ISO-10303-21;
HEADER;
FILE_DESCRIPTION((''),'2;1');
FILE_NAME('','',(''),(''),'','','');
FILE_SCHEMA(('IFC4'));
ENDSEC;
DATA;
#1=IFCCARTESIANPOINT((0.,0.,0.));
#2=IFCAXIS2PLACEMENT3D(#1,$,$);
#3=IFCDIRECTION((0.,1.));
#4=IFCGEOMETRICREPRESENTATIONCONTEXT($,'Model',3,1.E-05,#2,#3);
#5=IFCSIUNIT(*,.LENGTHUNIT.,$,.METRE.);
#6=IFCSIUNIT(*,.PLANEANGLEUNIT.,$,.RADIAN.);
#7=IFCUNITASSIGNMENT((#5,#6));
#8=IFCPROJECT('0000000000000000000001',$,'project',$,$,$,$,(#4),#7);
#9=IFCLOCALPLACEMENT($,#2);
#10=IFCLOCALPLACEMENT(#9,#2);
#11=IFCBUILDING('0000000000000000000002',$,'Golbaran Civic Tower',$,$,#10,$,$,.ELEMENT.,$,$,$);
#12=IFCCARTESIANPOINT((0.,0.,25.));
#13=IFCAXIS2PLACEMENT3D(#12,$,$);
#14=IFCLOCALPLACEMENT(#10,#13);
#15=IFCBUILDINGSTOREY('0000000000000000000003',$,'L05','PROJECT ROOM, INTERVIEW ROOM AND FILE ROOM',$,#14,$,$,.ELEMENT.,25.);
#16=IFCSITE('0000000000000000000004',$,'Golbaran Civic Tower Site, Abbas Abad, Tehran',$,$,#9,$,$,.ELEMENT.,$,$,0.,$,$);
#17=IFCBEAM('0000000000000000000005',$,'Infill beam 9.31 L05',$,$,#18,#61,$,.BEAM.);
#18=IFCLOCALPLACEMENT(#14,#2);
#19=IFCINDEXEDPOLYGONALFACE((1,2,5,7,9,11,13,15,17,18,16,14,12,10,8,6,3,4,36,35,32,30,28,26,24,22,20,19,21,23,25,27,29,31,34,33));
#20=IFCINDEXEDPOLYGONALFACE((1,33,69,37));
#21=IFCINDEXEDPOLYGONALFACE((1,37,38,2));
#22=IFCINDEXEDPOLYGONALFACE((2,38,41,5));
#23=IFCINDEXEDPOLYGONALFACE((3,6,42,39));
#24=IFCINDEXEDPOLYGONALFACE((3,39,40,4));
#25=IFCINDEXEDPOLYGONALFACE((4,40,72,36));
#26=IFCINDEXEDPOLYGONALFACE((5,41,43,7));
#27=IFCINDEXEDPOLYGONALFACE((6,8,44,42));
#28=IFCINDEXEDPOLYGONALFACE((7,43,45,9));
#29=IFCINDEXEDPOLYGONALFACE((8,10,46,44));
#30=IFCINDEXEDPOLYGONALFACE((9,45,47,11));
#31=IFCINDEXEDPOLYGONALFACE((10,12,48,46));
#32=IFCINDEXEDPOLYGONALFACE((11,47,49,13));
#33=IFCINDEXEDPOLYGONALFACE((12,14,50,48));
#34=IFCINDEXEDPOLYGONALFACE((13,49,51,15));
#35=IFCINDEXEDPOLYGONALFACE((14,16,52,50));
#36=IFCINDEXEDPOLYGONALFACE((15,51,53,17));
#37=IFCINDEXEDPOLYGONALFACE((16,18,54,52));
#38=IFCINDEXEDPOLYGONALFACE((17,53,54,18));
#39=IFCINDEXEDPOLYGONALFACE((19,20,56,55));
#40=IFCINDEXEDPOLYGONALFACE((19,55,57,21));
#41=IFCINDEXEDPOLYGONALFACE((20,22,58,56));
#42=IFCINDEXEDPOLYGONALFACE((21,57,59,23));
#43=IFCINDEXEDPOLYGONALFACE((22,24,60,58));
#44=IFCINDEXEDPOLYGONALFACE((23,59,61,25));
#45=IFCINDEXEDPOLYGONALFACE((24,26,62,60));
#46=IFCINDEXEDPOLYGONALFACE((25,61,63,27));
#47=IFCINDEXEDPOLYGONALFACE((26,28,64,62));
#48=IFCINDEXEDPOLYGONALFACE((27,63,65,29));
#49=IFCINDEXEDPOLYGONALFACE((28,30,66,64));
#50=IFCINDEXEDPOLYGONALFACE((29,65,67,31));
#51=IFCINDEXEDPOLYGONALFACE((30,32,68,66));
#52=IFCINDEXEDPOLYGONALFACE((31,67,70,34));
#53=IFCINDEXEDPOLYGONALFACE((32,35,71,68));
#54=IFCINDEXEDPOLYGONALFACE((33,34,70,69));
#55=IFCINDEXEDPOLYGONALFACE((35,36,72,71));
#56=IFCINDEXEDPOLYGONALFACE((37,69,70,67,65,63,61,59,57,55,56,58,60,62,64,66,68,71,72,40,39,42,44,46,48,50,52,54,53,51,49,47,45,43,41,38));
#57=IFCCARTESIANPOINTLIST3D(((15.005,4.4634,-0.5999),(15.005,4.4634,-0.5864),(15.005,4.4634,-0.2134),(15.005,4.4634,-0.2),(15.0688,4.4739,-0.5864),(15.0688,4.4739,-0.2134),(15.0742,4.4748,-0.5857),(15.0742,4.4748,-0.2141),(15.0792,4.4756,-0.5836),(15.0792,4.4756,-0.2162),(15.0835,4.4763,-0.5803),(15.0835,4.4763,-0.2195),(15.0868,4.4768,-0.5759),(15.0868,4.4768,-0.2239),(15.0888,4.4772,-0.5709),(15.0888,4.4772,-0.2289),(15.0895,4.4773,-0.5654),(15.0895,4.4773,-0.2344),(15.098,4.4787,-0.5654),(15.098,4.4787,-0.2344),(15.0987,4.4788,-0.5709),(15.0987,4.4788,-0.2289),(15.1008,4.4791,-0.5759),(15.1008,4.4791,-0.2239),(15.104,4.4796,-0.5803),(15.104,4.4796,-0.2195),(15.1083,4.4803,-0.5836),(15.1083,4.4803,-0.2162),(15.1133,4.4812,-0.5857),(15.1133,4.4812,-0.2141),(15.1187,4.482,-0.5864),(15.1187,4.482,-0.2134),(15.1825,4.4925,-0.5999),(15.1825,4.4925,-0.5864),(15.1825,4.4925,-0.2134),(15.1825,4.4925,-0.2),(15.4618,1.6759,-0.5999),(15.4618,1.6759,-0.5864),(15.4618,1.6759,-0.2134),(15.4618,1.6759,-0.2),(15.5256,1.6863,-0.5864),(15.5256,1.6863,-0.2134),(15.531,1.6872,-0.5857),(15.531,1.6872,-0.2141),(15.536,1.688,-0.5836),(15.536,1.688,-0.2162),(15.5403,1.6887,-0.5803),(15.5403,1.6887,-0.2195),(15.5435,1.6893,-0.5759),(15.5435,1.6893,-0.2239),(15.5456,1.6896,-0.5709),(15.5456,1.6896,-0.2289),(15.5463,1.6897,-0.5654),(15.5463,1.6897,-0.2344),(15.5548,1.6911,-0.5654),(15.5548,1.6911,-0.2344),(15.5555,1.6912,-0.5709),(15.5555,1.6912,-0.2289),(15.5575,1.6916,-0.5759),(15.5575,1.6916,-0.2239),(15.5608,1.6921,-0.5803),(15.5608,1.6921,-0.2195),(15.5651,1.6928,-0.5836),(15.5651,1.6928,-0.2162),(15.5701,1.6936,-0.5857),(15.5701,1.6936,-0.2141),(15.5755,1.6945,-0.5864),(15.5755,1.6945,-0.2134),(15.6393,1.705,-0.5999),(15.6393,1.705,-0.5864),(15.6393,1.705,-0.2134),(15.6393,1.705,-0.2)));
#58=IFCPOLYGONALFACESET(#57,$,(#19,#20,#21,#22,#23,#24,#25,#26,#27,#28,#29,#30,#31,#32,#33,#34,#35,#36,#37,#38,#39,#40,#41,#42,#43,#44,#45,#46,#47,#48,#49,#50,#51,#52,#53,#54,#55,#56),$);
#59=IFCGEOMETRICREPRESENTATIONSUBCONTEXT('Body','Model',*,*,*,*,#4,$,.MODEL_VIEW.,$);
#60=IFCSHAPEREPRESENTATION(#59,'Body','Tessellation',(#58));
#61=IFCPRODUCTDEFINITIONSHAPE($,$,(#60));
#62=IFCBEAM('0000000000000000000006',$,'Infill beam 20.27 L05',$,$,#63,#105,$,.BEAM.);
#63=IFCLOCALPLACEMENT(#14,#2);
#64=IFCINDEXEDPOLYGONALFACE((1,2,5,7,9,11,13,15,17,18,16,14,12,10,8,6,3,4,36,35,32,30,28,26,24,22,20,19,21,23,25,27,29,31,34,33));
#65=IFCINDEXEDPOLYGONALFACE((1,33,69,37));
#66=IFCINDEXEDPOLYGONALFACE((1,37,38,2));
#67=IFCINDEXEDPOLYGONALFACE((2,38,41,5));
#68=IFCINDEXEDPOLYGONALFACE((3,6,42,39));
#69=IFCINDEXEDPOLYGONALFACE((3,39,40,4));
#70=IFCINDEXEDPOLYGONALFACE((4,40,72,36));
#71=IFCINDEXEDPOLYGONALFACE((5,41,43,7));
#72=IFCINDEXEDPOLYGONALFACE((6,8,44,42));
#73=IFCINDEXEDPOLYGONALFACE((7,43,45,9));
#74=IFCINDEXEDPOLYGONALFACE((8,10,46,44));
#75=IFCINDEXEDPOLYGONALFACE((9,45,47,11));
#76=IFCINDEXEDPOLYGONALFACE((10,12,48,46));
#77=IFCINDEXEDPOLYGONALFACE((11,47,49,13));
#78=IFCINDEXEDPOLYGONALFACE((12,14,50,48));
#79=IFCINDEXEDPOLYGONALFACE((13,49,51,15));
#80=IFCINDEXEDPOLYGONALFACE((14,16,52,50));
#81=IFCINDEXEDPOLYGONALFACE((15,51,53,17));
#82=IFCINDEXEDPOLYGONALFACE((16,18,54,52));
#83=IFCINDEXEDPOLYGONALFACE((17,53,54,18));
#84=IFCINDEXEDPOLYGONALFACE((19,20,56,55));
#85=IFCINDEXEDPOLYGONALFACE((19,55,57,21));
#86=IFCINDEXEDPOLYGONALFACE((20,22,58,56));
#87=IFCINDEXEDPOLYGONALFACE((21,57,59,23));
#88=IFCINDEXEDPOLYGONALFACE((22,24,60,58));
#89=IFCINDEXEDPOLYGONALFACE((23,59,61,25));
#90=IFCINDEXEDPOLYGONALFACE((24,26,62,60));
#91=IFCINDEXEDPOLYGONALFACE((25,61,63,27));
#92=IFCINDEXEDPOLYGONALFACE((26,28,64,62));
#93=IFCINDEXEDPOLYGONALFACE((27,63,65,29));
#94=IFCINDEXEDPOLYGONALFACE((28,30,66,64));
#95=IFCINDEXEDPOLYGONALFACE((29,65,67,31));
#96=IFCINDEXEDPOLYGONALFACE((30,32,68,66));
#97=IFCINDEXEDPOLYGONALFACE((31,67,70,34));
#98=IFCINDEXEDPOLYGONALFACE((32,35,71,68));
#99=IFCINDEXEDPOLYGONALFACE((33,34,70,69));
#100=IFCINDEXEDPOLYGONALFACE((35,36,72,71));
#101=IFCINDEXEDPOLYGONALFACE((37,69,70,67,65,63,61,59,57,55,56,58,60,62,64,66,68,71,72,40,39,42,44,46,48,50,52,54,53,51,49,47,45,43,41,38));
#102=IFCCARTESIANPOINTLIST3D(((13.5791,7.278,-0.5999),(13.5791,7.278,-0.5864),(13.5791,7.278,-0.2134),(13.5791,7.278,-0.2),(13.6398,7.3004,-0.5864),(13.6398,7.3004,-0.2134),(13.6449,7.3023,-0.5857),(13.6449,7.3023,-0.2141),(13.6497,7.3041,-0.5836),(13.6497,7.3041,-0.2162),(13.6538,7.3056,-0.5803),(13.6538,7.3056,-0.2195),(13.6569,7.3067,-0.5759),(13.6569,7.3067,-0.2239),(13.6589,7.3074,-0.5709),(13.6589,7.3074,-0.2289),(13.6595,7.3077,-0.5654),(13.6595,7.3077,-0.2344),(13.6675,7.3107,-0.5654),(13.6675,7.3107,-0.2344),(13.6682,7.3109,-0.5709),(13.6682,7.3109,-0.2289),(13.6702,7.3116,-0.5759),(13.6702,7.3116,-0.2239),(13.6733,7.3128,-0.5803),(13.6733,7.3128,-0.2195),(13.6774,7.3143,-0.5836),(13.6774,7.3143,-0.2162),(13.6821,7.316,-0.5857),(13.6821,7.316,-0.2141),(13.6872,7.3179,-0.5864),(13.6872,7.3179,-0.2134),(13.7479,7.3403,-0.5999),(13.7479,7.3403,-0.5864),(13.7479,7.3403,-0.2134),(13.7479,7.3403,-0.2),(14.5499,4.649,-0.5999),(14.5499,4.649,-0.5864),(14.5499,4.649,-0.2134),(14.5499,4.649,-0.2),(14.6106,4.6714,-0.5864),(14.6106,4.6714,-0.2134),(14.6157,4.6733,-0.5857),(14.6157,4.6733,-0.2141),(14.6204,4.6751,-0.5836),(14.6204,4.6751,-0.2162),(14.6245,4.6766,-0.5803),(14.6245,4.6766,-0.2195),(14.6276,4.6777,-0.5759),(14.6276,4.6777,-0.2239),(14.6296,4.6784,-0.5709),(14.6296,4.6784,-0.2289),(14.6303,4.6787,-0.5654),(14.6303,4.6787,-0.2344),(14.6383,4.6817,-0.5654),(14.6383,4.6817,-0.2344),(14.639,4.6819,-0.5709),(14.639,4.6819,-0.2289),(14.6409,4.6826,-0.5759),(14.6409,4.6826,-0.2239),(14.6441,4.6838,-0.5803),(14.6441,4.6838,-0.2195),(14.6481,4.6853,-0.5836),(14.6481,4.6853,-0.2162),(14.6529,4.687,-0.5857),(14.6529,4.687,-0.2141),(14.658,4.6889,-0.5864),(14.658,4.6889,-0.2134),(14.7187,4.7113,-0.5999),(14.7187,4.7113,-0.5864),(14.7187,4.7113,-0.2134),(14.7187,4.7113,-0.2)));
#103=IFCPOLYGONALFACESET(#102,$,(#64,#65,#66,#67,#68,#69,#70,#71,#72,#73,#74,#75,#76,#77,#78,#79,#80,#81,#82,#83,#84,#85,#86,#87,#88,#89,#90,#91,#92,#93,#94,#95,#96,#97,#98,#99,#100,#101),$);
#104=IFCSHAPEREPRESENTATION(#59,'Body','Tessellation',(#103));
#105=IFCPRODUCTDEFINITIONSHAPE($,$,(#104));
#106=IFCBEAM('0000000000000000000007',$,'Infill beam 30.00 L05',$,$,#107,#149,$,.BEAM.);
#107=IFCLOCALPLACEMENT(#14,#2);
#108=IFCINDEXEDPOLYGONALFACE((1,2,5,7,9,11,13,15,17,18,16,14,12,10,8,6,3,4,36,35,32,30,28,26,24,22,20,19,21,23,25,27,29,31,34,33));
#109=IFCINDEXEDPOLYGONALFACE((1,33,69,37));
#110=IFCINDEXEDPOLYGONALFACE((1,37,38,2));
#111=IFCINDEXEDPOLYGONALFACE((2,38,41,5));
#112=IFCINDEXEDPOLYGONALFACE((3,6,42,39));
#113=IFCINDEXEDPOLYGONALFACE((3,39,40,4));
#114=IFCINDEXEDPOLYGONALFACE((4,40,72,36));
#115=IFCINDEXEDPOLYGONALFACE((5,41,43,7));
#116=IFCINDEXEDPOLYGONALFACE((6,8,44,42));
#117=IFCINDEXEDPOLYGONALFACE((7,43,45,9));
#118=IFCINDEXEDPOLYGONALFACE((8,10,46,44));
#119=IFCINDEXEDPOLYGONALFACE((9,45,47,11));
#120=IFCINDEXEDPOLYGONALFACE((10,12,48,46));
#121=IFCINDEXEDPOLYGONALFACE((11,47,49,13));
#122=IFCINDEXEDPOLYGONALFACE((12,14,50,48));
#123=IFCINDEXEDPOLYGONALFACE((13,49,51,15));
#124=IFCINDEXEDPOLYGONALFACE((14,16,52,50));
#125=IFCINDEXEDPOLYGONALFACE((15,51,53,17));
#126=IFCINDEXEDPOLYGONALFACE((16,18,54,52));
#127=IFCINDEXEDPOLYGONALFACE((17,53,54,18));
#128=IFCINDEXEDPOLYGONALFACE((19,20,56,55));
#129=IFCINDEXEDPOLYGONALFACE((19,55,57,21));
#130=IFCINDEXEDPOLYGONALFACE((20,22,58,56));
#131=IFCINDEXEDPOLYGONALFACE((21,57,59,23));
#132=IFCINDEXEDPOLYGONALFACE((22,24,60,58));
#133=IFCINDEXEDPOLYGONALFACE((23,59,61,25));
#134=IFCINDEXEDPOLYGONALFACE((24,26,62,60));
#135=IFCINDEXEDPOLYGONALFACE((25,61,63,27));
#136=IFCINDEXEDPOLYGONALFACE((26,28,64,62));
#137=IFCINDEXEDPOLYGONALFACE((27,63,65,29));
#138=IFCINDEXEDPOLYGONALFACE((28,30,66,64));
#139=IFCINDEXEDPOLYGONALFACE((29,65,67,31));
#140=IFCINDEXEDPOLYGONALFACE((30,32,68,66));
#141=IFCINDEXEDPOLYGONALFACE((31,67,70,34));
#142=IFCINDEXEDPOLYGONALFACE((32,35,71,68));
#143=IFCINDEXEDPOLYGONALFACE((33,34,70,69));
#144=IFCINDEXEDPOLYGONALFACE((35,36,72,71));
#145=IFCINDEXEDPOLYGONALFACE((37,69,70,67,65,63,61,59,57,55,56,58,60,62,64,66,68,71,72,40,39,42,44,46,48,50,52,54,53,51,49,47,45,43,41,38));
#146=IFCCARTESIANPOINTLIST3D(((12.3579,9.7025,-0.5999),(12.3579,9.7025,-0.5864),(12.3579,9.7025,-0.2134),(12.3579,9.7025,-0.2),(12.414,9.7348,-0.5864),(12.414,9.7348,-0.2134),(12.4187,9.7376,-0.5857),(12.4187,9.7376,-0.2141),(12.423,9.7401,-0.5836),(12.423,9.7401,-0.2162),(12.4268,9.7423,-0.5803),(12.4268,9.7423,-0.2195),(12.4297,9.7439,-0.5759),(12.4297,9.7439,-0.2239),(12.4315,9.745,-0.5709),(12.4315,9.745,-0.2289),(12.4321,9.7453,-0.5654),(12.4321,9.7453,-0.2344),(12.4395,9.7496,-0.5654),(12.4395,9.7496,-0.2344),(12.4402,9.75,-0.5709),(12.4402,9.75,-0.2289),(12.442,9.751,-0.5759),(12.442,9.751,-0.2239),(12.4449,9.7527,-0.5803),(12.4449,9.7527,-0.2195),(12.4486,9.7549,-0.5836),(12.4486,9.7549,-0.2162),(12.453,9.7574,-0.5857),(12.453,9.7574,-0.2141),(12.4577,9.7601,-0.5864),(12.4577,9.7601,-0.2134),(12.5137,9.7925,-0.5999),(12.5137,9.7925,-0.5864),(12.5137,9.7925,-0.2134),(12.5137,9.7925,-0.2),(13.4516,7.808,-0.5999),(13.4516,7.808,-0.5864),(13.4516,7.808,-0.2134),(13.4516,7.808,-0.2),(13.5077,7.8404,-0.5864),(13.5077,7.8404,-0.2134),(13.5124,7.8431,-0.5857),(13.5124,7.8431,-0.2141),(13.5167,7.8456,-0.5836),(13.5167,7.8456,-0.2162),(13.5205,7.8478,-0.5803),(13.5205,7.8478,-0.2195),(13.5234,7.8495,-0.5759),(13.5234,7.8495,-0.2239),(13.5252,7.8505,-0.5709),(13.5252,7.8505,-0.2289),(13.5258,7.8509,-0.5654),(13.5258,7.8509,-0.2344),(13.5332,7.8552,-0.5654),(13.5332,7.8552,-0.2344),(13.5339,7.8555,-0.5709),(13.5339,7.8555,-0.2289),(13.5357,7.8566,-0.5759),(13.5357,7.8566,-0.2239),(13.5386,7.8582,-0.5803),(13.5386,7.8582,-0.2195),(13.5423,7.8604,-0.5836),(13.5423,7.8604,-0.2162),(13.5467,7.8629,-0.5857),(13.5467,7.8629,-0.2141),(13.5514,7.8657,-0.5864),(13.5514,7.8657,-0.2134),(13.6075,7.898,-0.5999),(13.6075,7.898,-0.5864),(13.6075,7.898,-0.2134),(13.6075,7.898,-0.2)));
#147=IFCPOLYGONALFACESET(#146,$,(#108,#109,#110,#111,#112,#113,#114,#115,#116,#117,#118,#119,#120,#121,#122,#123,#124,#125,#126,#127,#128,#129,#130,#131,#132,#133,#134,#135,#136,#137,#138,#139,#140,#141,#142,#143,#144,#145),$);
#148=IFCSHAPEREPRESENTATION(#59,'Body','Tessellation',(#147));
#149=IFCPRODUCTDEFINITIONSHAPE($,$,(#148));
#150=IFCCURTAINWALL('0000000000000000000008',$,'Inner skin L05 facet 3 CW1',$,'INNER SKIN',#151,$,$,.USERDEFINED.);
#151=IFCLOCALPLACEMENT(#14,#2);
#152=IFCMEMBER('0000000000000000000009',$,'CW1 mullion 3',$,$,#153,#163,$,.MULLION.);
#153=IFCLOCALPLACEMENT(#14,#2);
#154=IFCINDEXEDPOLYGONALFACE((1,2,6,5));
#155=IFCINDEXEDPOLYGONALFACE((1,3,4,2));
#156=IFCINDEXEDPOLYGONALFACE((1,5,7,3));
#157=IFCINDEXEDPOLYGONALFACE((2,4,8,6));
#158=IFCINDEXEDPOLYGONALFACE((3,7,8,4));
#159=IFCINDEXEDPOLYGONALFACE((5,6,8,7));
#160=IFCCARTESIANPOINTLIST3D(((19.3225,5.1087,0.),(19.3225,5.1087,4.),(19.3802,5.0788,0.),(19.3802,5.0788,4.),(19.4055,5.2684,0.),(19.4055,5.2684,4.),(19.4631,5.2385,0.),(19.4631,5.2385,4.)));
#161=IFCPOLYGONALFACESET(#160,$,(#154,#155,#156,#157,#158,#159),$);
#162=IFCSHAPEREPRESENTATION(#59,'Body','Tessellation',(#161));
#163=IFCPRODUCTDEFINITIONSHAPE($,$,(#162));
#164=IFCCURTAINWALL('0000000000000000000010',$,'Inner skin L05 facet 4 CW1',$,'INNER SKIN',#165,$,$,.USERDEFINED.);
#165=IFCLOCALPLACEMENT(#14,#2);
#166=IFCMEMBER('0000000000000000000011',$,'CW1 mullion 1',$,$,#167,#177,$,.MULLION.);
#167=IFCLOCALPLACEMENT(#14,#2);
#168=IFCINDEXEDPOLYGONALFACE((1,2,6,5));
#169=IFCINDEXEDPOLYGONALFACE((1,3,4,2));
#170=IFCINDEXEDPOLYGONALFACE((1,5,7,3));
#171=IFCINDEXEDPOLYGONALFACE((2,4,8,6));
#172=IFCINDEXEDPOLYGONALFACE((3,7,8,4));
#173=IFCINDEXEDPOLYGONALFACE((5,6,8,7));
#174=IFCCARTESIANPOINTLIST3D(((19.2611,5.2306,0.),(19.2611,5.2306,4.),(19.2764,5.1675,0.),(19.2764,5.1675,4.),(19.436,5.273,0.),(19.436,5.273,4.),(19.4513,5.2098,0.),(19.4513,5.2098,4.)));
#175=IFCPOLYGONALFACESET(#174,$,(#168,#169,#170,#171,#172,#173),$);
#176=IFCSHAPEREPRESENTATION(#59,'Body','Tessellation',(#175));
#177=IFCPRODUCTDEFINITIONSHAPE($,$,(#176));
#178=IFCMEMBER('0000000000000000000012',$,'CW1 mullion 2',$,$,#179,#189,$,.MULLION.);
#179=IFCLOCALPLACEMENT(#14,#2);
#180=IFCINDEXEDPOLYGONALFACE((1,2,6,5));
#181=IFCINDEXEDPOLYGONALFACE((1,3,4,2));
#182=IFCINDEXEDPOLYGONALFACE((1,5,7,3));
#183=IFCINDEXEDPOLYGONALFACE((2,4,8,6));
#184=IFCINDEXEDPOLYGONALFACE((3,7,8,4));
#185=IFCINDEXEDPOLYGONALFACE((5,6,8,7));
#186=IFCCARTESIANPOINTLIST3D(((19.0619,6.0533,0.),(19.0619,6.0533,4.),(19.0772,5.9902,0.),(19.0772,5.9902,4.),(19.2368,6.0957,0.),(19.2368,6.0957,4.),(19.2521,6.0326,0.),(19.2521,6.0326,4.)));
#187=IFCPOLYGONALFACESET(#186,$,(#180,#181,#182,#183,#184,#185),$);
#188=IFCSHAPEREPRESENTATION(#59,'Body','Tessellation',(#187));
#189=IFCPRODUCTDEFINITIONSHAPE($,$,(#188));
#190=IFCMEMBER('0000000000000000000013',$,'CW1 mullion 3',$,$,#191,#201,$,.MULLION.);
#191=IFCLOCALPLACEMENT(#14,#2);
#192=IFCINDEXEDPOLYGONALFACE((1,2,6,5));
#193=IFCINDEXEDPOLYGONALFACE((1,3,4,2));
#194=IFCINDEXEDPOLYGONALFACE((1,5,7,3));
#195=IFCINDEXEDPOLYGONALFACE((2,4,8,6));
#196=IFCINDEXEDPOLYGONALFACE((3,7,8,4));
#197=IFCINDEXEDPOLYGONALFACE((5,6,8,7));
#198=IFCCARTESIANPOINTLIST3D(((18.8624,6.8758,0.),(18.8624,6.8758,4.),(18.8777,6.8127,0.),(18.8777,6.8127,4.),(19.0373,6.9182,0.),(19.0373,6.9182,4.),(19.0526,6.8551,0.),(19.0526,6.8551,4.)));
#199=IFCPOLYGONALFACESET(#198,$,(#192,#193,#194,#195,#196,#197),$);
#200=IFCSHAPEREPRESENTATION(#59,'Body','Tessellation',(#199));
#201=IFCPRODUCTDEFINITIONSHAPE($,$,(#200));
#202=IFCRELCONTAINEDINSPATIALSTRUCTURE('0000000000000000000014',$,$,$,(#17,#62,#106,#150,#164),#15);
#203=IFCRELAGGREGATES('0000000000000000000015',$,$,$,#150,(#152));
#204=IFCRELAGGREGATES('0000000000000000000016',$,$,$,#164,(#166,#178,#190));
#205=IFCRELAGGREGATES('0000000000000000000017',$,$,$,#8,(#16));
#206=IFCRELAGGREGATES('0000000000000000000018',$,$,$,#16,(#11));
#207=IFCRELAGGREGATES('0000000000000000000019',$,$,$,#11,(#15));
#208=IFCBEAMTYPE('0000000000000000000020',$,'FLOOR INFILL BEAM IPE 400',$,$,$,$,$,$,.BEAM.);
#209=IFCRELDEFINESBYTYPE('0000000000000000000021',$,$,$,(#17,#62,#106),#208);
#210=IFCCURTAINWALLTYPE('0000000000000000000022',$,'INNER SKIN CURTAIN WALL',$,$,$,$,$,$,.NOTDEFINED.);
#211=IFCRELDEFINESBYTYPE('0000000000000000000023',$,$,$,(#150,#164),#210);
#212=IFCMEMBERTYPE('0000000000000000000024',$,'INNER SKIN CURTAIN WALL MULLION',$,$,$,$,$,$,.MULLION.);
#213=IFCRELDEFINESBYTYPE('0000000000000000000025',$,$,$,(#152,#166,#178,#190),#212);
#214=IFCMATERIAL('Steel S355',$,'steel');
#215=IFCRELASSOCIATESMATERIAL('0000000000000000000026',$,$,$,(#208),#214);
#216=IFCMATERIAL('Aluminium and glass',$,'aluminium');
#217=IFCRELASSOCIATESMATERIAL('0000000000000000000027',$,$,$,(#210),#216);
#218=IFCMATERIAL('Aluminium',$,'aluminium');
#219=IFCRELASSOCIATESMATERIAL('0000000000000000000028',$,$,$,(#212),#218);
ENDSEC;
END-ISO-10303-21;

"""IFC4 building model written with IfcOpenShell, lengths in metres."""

from ifc_helpers import new_model, si_unit, direction, frame, origin, origin_2d, place, context, subcontext, project, spatial, rectangle, i_section, extrude, material, material_profile, profile_set, type_object, element, aggregate, save


model = new_model("IFC4")

# Units and contexts
model_context = context("Model", 3, precision=1e-05, world=origin(), true_north=direction((0.0, 1.0)))
body_context = subcontext(model_context, "Body", "Model", "MODEL_VIEW")
ifc_project = project(units=[si_unit("LENGTHUNIT", "METRE"), si_unit("PLANEANGLEUNIT", "RADIAN")], contexts=[model_context])

# Site, building, storey
site_placement = place(None, origin())
site = spatial("IfcSite", under=ifc_project, at=site_placement, Name="Golbaran Civic Tower Site, Abbas Abad, Tehran", CompositionType="ELEMENT", RefElevation=0.0)
building_placement = place(site_placement, origin())
building = spatial("IfcBuilding", under=site, at=building_placement, Name="Golbaran Civic Tower", CompositionType="ELEMENT")
storey_placement = place(building_placement, frame((0.0, 0.0, 25.0)))
storey = spatial("IfcBuildingStorey", under=building, at=storey_placement, Name="L05", Description="PROJECT ROOM, INTERVIEW ROOM AND FILE ROOM", CompositionType="ELEMENT", Elevation=25.0)

# Beams
ifc_material_1 = material(Name="Steel S355", Category="steel")
ifc_material_profile_1 = material_profile(ifc_material_1, i_section(OverallWidth=0.1799, OverallDepth=0.3999, WebThickness=0.0085, FlangeThickness=0.0134, FilletRadius=0.021, at=origin_2d()), Name="IPE 400")
ifc_profile_set_1 = profile_set([ifc_material_profile_1], Name="Steel S355")
beam_type = type_object("IfcBeamType", Name="FLOOR INFILL BEAM IPE 400", PredefinedType="BEAM", material=ifc_profile_set_1)
beam_1_placement = place(storey_placement, frame((15.5505, 1.6904, -0.3999), z_axis=(-0.161707, 0.986839, 0.0), x_axis=(-0.986839, -0.161707, 0.0)))
element("IfcBeam", 1, at=beam_1_placement, inside=storey, type_object=beam_type, Name="Infill beam 9.31 L05", PredefinedType="BEAM", context=body_context, shape_type="SweptSolid", body=[
    extrude(i_section(OverallWidth=0.1799, OverallDepth=0.3999, WebThickness=0.0085, FlangeThickness=0.0134, FilletRadius=0.021, at=origin_2d()), origin(), (0.0, 0.0, 1.0), 2.8247),
])
beam_2_placement = place(storey_placement, frame((14.6343, 4.6802, -0.3999), z_axis=(-0.346384, 0.938093, 0.0), x_axis=(-0.938093, -0.346384, 0.0)))
element("IfcBeam", 2, at=beam_2_placement, inside=storey, type_object=beam_type, Name="Infill beam 20.27 L05", PredefinedType="BEAM", context=body_context, shape_type="SweptSolid", body=[
    extrude(i_section(OverallWidth=0.1799, OverallDepth=0.3999, WebThickness=0.0085, FlangeThickness=0.0134, FilletRadius=0.021, at=origin_2d()), origin(), (0.0, 0.0, 1.0), 2.8025),
])
beam_3_placement = place(storey_placement, frame((13.5295, 7.853, -0.3999), z_axis=(-0.49998, 0.866037, 0.0), x_axis=(-0.866037, -0.49998, 0.0)))
element("IfcBeam", 3, at=beam_3_placement, inside=storey, type_object=beam_type, Name="Infill beam 30.00 L05", PredefinedType="BEAM", context=body_context, shape_type="SweptSolid", body=[
    extrude(i_section(OverallWidth=0.1799, OverallDepth=0.3999, WebThickness=0.0085, FlangeThickness=0.0134, FilletRadius=0.021, at=origin_2d()), origin(), (0.0, 0.0, 1.0), 2.1875),
])

# Curtain wall, member
ifc_material_2 = material(Name="Aluminium and glass", Category="aluminium")
curtain_wall_type = type_object("IfcCurtainWallType", Name="INNER SKIN CURTAIN WALL", PredefinedType="NOTDEFINED", material=ifc_material_2)
curtain_wall_1_placement = place(storey_placement, origin())
curtain_wall_1 = element("IfcCurtainWall", 4, at=curtain_wall_1_placement, inside=storey, type_object=curtain_wall_type, Name="Inner skin L05 facet 3 CW1", ObjectType="INNER SKIN", PredefinedType="USERDEFINED")
ifc_material_3 = material(Name="Aluminium", Category="aluminium")
ifc_material_profile_2 = material_profile(ifc_material_3, rectangle(XDim=0.1799, YDim=0.0649, at=origin_2d()), Name="INNER SKIN CURTAIN WALL MULLION")
ifc_profile_set_2 = profile_set([ifc_material_profile_2], Name="Aluminium")
member_type_1 = type_object("IfcMemberType", Name="INNER SKIN CURTAIN WALL MULLION", PredefinedType="MULLION", material=ifc_profile_set_2)
member_1_placement = place(storey_placement, frame((19.3928, 5.1736, 0.0), z_axis=(0.0, 0.0, 1.0), x_axis=(-0.460945, -0.887429, 0.0)))
member_1 = element("IfcMember", 5, at=member_1_placement, type_object=member_type_1, Name="CW1 mullion 3", PredefinedType="MULLION", context=body_context, shape_type="SweptSolid", body=[
    extrude(rectangle(XDim=0.1799, YDim=0.0649, at=origin_2d()), origin(), (0.0, 0.0, 1.0), 4.0),
])

# Curtain wall, members
curtain_wall_2_placement = place(storey_placement, origin())
curtain_wall_2 = element("IfcCurtainWall", 6, at=curtain_wall_2_placement, inside=storey, type_object=curtain_wall_type, Name="Inner skin L05 facet 4 CW1", ObjectType="INNER SKIN", PredefinedType="USERDEFINED")
member_2_placement = place(storey_placement, frame((19.3562, 5.2202, 0.0), z_axis=(0.0, 0.0, 1.0), x_axis=(-0.971868, -0.235525, 0.0)))
member_2 = element("IfcMember", 7, at=member_2_placement, type_object=member_type_1, Name="CW1 mullion 1", PredefinedType="MULLION", context=body_context, shape_type="SweptSolid", body=[
    extrude(rectangle(XDim=0.1799, YDim=0.0649, at=origin_2d()), origin(), (0.0, 0.0, 1.0), 4.0),
])
member_3_placement = place(storey_placement, frame((19.157, 6.043, 0.0), z_axis=(0.0, 0.0, 1.0), x_axis=(-0.971868, -0.235525, 0.0)))
member_3 = element("IfcMember", 8, at=member_3_placement, type_object=member_type_1, Name="CW1 mullion 2", PredefinedType="MULLION", context=body_context, shape_type="SweptSolid", body=[
    extrude(rectangle(XDim=0.1799, YDim=0.0649, at=origin_2d()), origin(), (0.0, 0.0, 1.0), 4.0),
])
member_4_placement = place(storey_placement, frame((18.9575, 6.8655, 0.0), z_axis=(0.0, 0.0, 1.0), x_axis=(-0.971868, -0.235525, 0.0)))
member_4 = element("IfcMember", 9, at=member_4_placement, type_object=member_type_1, Name="CW1 mullion 3", PredefinedType="MULLION", context=body_context, shape_type="SweptSolid", body=[
    extrude(rectangle(XDim=0.1799, YDim=0.0649, at=origin_2d()), origin(), (0.0, 0.0, 1.0), 4.0),
])

aggregate(curtain_wall_1, [member_1])
aggregate(curtain_wall_2, [member_2, member_3, member_4])

save(model, "model.ifc")
